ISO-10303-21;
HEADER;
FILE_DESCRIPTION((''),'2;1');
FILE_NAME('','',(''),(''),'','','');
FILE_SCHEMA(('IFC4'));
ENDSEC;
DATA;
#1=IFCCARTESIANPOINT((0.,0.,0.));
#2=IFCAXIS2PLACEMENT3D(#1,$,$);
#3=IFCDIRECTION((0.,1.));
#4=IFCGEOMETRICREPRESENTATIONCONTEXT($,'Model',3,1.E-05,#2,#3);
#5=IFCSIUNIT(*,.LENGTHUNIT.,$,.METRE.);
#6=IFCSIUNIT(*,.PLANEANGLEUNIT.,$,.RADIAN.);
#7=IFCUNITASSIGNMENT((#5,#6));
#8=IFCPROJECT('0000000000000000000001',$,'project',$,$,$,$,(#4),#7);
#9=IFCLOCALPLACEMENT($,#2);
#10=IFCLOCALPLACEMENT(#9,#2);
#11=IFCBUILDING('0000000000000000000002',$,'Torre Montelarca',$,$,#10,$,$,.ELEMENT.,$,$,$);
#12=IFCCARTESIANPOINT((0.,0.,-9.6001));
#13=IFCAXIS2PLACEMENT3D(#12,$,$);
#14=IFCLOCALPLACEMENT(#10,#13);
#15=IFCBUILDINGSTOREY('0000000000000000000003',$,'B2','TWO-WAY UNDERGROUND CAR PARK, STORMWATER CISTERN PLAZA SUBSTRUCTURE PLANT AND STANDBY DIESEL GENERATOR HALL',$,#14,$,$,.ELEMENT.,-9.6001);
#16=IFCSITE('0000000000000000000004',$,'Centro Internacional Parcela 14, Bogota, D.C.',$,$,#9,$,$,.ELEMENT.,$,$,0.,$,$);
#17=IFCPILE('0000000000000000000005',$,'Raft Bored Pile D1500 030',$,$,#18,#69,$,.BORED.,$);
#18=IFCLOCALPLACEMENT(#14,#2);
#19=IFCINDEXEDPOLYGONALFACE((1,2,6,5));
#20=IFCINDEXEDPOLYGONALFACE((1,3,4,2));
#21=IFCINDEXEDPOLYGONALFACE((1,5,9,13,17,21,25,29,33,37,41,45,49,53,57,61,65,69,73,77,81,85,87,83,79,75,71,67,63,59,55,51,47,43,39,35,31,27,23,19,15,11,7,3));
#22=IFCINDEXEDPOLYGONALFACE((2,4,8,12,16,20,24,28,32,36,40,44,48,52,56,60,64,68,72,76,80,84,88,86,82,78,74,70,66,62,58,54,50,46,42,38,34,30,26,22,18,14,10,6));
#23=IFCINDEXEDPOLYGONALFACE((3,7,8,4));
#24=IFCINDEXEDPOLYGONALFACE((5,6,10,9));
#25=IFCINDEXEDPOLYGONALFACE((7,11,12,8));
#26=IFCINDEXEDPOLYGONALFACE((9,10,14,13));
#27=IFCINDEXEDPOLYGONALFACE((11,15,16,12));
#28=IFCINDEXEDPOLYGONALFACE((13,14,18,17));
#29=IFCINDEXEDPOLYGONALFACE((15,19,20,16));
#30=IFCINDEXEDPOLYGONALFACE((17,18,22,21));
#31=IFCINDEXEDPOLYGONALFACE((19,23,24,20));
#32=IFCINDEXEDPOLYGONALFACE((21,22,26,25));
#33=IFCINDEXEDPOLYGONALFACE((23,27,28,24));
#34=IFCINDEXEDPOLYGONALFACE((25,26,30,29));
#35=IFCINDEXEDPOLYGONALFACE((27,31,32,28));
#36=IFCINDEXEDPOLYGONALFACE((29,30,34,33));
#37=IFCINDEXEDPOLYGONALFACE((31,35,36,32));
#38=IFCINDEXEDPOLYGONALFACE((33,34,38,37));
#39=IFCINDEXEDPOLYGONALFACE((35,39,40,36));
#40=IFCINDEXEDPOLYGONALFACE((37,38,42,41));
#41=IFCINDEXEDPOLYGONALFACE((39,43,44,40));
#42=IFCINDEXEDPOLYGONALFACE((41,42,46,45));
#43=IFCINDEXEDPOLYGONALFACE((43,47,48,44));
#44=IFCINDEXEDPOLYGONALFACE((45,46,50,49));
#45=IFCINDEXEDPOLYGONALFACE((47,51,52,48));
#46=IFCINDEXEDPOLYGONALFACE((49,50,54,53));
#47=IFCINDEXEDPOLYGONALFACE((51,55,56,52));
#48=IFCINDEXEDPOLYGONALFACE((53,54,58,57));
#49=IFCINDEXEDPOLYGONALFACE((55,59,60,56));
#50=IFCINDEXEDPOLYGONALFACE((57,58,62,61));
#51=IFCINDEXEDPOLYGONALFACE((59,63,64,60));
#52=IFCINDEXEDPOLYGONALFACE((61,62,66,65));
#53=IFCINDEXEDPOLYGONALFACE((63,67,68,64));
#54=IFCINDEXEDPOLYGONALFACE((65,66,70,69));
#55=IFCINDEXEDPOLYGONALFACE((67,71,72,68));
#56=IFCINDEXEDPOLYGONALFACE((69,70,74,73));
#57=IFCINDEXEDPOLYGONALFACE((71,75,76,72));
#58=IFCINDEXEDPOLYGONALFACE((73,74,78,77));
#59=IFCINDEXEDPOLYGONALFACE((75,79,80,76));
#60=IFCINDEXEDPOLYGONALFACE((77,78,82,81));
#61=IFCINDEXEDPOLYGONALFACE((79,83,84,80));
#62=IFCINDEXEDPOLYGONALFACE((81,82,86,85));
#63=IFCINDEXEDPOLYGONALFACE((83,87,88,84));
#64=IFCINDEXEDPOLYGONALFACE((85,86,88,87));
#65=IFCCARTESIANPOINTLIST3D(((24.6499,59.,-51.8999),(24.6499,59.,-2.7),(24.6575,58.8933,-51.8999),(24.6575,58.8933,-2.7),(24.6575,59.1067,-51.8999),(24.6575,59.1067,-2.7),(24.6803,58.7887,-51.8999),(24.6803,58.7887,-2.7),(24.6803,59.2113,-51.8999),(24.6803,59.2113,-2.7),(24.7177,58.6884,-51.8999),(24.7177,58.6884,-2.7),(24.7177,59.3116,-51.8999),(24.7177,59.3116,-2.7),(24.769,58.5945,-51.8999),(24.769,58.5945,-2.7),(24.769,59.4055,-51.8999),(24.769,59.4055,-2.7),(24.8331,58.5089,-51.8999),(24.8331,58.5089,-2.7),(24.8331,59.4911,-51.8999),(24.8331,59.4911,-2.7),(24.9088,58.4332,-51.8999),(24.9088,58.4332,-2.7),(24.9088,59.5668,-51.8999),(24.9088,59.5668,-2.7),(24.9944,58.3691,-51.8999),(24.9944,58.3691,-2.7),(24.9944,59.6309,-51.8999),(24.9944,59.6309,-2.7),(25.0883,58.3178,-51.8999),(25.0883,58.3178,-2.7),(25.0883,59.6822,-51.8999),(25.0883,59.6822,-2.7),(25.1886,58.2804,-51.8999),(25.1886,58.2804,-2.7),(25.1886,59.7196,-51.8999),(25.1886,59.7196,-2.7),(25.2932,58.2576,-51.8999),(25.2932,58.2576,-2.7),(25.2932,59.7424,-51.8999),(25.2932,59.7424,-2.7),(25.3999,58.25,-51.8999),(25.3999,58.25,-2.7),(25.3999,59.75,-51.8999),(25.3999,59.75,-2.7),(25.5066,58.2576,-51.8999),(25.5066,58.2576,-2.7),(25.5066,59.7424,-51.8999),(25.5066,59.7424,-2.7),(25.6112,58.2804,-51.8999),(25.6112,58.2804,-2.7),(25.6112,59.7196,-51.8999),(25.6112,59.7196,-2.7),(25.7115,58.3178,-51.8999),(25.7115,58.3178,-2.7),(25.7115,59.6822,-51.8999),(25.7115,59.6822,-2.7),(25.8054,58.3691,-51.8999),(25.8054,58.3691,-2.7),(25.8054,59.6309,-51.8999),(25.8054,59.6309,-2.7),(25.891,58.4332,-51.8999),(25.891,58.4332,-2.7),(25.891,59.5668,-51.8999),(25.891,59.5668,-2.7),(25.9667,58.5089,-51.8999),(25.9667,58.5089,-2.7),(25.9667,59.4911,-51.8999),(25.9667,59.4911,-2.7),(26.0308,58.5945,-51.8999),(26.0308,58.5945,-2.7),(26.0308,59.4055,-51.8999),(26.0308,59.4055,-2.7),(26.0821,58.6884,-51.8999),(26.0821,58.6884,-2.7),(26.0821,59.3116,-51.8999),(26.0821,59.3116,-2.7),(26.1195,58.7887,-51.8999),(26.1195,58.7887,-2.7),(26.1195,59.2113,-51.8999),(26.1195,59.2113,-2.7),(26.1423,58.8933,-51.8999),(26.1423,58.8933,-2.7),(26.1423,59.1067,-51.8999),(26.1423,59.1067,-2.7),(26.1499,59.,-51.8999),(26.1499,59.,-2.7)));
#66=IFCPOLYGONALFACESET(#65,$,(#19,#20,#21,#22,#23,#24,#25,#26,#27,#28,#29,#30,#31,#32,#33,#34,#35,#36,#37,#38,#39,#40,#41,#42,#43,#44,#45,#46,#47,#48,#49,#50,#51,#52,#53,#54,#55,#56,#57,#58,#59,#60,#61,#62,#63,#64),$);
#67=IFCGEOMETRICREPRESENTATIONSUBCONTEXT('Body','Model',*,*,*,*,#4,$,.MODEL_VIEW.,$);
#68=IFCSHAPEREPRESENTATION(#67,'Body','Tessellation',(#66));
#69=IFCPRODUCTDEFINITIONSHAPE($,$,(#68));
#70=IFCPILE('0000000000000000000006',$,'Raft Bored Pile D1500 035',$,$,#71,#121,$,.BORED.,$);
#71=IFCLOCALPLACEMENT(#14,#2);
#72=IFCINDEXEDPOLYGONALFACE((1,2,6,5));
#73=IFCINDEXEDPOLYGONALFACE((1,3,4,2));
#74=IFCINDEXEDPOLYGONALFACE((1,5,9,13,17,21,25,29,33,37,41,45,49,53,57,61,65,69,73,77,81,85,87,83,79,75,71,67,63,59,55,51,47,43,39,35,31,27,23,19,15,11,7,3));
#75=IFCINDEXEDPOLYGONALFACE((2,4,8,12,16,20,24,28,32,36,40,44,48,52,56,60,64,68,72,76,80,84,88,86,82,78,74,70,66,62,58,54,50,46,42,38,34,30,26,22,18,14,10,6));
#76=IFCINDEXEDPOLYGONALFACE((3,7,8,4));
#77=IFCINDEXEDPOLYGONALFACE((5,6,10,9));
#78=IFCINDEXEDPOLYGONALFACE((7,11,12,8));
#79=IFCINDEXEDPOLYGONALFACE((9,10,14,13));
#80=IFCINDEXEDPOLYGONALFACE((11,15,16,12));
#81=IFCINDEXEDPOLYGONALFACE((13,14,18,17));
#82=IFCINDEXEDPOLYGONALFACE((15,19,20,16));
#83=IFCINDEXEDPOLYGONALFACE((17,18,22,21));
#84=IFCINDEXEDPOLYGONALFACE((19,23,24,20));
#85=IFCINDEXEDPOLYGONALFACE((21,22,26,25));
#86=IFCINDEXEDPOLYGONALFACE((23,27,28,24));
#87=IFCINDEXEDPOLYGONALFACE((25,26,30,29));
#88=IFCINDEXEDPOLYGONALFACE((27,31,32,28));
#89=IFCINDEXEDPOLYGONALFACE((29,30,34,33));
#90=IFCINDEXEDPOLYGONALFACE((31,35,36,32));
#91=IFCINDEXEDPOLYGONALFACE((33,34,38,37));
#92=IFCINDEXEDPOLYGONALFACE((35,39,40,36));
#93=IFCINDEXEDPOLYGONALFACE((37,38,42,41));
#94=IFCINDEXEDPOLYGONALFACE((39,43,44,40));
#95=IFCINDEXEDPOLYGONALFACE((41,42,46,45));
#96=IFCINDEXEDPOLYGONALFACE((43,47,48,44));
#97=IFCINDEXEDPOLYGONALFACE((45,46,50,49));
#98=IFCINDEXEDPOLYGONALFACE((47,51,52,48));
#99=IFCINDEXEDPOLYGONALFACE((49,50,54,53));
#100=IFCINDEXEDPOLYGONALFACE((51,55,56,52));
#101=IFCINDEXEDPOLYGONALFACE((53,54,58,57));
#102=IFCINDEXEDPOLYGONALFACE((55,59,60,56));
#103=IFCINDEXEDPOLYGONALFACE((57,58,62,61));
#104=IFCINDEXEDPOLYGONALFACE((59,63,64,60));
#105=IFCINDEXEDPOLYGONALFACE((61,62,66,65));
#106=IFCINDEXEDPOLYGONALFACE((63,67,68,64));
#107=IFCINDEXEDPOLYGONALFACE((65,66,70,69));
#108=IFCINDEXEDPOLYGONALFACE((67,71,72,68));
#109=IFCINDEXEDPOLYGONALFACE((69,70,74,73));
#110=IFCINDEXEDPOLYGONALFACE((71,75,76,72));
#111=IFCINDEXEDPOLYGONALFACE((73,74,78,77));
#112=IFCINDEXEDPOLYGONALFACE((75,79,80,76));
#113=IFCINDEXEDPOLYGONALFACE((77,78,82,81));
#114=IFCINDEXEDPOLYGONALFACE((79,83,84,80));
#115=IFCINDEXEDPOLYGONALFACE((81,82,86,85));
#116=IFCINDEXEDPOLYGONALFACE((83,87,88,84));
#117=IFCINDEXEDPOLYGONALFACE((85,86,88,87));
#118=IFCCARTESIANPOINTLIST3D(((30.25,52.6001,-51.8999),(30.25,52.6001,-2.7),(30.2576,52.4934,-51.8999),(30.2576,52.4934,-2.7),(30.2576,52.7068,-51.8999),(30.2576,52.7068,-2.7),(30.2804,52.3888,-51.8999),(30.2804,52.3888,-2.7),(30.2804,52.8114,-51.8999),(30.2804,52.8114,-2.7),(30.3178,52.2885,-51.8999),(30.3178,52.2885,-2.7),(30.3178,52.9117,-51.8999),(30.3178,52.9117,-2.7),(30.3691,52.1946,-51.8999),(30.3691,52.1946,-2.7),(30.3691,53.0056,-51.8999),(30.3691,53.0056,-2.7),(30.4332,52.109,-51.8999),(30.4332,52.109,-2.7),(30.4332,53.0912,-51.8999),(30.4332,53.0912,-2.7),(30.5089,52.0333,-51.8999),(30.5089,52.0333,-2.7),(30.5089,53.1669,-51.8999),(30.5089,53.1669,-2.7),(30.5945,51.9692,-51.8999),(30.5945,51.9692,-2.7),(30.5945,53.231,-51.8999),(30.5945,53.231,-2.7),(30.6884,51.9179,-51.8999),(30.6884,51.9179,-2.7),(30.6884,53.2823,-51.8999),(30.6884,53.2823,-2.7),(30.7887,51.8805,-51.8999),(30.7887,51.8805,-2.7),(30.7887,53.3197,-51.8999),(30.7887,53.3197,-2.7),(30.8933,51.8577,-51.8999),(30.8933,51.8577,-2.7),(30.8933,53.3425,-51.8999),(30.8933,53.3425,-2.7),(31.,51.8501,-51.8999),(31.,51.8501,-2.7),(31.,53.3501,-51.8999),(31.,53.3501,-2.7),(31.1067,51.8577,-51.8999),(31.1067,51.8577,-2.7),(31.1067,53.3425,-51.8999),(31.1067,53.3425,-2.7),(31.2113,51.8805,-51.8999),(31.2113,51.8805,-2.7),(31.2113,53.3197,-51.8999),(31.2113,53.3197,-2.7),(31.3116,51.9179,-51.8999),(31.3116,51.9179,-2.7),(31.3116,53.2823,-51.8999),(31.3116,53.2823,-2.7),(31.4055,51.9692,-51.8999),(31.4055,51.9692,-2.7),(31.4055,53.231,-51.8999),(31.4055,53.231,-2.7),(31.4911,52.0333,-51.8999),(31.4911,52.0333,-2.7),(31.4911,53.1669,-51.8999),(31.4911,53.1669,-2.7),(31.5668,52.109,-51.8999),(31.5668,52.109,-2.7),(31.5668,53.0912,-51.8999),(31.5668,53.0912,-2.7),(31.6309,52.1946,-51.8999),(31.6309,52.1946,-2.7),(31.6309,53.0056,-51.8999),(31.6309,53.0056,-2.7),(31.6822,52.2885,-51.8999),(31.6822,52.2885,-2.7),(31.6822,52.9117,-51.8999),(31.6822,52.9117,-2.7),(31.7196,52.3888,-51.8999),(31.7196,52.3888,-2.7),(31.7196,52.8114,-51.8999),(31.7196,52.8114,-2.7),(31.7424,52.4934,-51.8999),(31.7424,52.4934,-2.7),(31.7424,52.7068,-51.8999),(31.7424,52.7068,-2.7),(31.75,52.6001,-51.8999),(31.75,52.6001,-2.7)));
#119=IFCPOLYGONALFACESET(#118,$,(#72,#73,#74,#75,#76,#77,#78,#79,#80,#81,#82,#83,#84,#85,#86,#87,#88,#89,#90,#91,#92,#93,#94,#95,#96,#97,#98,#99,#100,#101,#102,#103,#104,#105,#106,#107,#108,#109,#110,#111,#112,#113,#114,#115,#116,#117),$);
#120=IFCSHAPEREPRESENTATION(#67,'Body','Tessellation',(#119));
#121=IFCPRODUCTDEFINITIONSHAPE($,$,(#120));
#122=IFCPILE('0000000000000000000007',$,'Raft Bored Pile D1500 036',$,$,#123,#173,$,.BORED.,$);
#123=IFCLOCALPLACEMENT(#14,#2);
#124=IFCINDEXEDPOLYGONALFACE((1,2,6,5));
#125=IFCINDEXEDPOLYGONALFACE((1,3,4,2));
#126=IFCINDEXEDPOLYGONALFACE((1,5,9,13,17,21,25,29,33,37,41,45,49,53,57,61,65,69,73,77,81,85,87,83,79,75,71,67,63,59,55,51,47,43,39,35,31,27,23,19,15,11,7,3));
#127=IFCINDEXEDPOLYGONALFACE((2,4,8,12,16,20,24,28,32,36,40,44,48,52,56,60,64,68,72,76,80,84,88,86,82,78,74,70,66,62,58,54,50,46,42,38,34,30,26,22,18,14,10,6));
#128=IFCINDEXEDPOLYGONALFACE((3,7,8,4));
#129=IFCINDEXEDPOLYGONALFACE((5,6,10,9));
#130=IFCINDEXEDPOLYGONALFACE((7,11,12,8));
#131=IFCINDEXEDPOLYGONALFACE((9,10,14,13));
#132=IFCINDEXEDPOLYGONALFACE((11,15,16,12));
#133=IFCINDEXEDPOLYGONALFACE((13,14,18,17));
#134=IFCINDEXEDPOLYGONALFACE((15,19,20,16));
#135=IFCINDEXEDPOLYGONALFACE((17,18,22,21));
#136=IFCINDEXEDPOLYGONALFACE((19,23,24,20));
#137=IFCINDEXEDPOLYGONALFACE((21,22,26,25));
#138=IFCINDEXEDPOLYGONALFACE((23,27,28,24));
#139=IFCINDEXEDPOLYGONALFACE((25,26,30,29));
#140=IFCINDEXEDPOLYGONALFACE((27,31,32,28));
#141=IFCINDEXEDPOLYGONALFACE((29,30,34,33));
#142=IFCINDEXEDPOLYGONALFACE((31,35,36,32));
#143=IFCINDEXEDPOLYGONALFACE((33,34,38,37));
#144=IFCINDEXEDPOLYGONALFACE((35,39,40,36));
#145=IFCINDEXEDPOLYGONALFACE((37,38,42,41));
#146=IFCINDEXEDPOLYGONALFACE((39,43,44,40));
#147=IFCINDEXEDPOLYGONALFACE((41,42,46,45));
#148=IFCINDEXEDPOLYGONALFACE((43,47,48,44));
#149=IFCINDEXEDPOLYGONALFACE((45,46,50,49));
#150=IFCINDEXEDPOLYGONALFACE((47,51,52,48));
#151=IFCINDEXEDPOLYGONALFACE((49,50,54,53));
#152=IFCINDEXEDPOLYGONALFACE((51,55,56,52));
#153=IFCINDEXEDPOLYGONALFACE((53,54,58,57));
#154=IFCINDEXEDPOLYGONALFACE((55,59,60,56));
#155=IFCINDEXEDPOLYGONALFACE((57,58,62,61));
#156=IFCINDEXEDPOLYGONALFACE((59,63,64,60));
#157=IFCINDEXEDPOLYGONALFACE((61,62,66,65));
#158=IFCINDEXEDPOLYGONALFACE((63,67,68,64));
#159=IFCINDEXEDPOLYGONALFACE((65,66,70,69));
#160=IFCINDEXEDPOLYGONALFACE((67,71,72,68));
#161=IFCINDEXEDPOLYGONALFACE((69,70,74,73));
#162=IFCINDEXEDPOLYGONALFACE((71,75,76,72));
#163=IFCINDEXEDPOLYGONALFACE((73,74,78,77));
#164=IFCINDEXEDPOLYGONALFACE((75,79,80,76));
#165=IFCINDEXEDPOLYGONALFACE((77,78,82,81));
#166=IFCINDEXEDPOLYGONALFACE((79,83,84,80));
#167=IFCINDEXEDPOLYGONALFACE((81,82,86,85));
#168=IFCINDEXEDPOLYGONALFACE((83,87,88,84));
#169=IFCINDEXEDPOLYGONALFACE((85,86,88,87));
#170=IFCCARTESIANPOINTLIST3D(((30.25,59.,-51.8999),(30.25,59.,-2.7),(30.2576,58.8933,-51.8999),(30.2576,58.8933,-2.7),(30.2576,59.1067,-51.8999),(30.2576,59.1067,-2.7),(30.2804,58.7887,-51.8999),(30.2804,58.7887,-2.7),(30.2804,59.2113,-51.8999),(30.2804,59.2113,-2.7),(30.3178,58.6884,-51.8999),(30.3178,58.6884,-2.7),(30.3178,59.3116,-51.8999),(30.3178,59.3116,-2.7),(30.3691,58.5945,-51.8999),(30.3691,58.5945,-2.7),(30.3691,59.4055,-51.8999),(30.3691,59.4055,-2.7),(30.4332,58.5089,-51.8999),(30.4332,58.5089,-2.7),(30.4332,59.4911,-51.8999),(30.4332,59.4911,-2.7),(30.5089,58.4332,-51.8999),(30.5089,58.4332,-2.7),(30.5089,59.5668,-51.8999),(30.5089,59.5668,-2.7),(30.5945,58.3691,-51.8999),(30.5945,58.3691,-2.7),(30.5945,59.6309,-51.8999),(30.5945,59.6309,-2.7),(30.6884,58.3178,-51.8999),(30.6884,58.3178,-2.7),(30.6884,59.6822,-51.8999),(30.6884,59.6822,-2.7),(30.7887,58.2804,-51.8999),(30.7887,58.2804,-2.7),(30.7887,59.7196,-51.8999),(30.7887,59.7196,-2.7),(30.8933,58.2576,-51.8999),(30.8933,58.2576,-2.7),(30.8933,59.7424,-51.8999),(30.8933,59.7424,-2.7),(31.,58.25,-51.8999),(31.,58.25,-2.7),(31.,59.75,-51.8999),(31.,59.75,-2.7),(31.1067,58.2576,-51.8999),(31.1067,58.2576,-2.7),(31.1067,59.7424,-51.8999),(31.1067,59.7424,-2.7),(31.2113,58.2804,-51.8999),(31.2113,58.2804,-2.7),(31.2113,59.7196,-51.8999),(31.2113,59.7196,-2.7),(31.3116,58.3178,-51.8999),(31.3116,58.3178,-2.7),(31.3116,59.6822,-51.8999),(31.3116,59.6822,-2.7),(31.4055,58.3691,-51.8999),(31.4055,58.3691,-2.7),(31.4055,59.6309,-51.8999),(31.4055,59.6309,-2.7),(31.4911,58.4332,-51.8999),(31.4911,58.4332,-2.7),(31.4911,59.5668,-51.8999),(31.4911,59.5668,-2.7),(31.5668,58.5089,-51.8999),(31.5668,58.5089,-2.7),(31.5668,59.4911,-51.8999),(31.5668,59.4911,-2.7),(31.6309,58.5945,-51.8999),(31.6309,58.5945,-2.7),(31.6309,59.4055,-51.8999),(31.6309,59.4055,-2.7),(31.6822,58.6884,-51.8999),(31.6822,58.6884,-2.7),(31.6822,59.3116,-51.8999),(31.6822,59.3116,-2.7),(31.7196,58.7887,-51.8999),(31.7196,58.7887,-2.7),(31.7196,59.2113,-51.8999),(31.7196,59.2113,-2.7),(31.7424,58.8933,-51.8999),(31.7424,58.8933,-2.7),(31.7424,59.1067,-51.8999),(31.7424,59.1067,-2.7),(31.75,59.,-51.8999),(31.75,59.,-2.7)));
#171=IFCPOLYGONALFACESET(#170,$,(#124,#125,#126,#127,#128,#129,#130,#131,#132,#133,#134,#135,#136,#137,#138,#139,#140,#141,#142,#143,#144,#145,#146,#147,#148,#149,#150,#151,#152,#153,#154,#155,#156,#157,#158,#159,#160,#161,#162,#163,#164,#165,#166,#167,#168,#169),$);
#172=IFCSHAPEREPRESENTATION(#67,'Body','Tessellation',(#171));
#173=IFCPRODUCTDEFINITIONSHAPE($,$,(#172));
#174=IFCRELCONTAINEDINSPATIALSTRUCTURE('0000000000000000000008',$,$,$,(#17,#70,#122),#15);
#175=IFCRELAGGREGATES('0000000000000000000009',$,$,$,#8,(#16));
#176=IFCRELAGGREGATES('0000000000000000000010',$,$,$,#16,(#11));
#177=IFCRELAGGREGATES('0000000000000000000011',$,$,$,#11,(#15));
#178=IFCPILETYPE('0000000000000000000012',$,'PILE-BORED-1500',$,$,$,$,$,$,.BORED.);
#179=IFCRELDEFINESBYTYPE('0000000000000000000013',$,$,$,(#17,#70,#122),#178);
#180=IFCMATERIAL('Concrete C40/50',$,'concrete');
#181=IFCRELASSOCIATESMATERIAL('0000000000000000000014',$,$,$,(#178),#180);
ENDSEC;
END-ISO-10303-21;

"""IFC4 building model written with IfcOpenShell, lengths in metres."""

from ifc_helpers import new_model, si_unit, direction, frame, origin, origin_2d, place, context, subcontext, project, spatial, circle, extrude, source, transform, mapped, material, material_profile, profile_set, type_object, element, save


model = new_model("IFC4")

# Units and contexts
model_context = context("Model", 3, precision=1e-05, world=origin(), true_north=direction((0.0, 1.0)))
body_context = subcontext(model_context, "Body", "Model", "MODEL_VIEW")
ifc_project = project(units=[si_unit("LENGTHUNIT", "METRE"), si_unit("PLANEANGLEUNIT", "RADIAN")], contexts=[model_context])

# Site, building, storey
site_placement = place(None, origin())
site = spatial("IfcSite", under=ifc_project, at=site_placement, Name="Centro Internacional Parcela 14, Bogota, D.C.", CompositionType="ELEMENT", RefElevation=0.0)
building_placement = place(site_placement, origin())
building = spatial("IfcBuilding", under=site, at=building_placement, Name="Torre Montelarca", CompositionType="ELEMENT")
storey_placement = place(building_placement, frame((0.0, 0.0, -9.6001)))
storey = spatial("IfcBuildingStorey", under=building, at=storey_placement, Name="B2", Description="TWO-WAY UNDERGROUND CAR PARK, STORMWATER CISTERN PLAZA SUBSTRUCTURE PLANT AND STANDBY DIESEL GENERATOR HALL", CompositionType="ELEMENT", Elevation=-9.6001)

# Piles
ifc_material_1 = material(Name="Concrete C40/50", Category="concrete")
ifc_material_profile_1 = material_profile(ifc_material_1, circle(Radius=0.75, at=origin_2d()), Name="PILE-D1500", Category="concrete")
ifc_profile_set_1 = profile_set([ifc_material_profile_1], Name="Concrete C40/50")
pile_type = type_object("IfcPileType", Name="PILE-BORED-1500", PredefinedType="BORED", material=ifc_profile_set_1)
shared_shape_1 = source(origin(), body_context, "Body", "SweptSolid", [
    extrude(circle(Radius=0.75, at=origin_2d()), origin(), (0.0, 0.0, 1.0), 49.2),
])
for number, where, z_axis, x_axis, name in (
    (1, (25.3999, 59.0, -2.7), (0.0, 0.0, -1.0), (1.0, 0.0, 0.0), "Raft Bored Pile D1500 030"),
    (2, (31.0, 52.6001, -2.7), (0.0, 0.0, -1.0), (1.0, 0.0, 0.0), "Raft Bored Pile D1500 035"),
    (3, (31.0, 59.0, -2.7), (0.0, 0.0, -1.0), (1.0, 0.0, 0.0), "Raft Bored Pile D1500 036"),
):
    element("IfcPile", number, at=place(storey_placement, frame(where, z_axis=z_axis, x_axis=x_axis)), inside=storey, type_object=pile_type, Name=name, PredefinedType="BORED", context=body_context, shape_type="MappedRepresentation", body=[
        mapped(shared_shape_1, transform((0.0, 0.0, 0.0), scale=1.0)),
    ])

save(model, "model.ifc")
